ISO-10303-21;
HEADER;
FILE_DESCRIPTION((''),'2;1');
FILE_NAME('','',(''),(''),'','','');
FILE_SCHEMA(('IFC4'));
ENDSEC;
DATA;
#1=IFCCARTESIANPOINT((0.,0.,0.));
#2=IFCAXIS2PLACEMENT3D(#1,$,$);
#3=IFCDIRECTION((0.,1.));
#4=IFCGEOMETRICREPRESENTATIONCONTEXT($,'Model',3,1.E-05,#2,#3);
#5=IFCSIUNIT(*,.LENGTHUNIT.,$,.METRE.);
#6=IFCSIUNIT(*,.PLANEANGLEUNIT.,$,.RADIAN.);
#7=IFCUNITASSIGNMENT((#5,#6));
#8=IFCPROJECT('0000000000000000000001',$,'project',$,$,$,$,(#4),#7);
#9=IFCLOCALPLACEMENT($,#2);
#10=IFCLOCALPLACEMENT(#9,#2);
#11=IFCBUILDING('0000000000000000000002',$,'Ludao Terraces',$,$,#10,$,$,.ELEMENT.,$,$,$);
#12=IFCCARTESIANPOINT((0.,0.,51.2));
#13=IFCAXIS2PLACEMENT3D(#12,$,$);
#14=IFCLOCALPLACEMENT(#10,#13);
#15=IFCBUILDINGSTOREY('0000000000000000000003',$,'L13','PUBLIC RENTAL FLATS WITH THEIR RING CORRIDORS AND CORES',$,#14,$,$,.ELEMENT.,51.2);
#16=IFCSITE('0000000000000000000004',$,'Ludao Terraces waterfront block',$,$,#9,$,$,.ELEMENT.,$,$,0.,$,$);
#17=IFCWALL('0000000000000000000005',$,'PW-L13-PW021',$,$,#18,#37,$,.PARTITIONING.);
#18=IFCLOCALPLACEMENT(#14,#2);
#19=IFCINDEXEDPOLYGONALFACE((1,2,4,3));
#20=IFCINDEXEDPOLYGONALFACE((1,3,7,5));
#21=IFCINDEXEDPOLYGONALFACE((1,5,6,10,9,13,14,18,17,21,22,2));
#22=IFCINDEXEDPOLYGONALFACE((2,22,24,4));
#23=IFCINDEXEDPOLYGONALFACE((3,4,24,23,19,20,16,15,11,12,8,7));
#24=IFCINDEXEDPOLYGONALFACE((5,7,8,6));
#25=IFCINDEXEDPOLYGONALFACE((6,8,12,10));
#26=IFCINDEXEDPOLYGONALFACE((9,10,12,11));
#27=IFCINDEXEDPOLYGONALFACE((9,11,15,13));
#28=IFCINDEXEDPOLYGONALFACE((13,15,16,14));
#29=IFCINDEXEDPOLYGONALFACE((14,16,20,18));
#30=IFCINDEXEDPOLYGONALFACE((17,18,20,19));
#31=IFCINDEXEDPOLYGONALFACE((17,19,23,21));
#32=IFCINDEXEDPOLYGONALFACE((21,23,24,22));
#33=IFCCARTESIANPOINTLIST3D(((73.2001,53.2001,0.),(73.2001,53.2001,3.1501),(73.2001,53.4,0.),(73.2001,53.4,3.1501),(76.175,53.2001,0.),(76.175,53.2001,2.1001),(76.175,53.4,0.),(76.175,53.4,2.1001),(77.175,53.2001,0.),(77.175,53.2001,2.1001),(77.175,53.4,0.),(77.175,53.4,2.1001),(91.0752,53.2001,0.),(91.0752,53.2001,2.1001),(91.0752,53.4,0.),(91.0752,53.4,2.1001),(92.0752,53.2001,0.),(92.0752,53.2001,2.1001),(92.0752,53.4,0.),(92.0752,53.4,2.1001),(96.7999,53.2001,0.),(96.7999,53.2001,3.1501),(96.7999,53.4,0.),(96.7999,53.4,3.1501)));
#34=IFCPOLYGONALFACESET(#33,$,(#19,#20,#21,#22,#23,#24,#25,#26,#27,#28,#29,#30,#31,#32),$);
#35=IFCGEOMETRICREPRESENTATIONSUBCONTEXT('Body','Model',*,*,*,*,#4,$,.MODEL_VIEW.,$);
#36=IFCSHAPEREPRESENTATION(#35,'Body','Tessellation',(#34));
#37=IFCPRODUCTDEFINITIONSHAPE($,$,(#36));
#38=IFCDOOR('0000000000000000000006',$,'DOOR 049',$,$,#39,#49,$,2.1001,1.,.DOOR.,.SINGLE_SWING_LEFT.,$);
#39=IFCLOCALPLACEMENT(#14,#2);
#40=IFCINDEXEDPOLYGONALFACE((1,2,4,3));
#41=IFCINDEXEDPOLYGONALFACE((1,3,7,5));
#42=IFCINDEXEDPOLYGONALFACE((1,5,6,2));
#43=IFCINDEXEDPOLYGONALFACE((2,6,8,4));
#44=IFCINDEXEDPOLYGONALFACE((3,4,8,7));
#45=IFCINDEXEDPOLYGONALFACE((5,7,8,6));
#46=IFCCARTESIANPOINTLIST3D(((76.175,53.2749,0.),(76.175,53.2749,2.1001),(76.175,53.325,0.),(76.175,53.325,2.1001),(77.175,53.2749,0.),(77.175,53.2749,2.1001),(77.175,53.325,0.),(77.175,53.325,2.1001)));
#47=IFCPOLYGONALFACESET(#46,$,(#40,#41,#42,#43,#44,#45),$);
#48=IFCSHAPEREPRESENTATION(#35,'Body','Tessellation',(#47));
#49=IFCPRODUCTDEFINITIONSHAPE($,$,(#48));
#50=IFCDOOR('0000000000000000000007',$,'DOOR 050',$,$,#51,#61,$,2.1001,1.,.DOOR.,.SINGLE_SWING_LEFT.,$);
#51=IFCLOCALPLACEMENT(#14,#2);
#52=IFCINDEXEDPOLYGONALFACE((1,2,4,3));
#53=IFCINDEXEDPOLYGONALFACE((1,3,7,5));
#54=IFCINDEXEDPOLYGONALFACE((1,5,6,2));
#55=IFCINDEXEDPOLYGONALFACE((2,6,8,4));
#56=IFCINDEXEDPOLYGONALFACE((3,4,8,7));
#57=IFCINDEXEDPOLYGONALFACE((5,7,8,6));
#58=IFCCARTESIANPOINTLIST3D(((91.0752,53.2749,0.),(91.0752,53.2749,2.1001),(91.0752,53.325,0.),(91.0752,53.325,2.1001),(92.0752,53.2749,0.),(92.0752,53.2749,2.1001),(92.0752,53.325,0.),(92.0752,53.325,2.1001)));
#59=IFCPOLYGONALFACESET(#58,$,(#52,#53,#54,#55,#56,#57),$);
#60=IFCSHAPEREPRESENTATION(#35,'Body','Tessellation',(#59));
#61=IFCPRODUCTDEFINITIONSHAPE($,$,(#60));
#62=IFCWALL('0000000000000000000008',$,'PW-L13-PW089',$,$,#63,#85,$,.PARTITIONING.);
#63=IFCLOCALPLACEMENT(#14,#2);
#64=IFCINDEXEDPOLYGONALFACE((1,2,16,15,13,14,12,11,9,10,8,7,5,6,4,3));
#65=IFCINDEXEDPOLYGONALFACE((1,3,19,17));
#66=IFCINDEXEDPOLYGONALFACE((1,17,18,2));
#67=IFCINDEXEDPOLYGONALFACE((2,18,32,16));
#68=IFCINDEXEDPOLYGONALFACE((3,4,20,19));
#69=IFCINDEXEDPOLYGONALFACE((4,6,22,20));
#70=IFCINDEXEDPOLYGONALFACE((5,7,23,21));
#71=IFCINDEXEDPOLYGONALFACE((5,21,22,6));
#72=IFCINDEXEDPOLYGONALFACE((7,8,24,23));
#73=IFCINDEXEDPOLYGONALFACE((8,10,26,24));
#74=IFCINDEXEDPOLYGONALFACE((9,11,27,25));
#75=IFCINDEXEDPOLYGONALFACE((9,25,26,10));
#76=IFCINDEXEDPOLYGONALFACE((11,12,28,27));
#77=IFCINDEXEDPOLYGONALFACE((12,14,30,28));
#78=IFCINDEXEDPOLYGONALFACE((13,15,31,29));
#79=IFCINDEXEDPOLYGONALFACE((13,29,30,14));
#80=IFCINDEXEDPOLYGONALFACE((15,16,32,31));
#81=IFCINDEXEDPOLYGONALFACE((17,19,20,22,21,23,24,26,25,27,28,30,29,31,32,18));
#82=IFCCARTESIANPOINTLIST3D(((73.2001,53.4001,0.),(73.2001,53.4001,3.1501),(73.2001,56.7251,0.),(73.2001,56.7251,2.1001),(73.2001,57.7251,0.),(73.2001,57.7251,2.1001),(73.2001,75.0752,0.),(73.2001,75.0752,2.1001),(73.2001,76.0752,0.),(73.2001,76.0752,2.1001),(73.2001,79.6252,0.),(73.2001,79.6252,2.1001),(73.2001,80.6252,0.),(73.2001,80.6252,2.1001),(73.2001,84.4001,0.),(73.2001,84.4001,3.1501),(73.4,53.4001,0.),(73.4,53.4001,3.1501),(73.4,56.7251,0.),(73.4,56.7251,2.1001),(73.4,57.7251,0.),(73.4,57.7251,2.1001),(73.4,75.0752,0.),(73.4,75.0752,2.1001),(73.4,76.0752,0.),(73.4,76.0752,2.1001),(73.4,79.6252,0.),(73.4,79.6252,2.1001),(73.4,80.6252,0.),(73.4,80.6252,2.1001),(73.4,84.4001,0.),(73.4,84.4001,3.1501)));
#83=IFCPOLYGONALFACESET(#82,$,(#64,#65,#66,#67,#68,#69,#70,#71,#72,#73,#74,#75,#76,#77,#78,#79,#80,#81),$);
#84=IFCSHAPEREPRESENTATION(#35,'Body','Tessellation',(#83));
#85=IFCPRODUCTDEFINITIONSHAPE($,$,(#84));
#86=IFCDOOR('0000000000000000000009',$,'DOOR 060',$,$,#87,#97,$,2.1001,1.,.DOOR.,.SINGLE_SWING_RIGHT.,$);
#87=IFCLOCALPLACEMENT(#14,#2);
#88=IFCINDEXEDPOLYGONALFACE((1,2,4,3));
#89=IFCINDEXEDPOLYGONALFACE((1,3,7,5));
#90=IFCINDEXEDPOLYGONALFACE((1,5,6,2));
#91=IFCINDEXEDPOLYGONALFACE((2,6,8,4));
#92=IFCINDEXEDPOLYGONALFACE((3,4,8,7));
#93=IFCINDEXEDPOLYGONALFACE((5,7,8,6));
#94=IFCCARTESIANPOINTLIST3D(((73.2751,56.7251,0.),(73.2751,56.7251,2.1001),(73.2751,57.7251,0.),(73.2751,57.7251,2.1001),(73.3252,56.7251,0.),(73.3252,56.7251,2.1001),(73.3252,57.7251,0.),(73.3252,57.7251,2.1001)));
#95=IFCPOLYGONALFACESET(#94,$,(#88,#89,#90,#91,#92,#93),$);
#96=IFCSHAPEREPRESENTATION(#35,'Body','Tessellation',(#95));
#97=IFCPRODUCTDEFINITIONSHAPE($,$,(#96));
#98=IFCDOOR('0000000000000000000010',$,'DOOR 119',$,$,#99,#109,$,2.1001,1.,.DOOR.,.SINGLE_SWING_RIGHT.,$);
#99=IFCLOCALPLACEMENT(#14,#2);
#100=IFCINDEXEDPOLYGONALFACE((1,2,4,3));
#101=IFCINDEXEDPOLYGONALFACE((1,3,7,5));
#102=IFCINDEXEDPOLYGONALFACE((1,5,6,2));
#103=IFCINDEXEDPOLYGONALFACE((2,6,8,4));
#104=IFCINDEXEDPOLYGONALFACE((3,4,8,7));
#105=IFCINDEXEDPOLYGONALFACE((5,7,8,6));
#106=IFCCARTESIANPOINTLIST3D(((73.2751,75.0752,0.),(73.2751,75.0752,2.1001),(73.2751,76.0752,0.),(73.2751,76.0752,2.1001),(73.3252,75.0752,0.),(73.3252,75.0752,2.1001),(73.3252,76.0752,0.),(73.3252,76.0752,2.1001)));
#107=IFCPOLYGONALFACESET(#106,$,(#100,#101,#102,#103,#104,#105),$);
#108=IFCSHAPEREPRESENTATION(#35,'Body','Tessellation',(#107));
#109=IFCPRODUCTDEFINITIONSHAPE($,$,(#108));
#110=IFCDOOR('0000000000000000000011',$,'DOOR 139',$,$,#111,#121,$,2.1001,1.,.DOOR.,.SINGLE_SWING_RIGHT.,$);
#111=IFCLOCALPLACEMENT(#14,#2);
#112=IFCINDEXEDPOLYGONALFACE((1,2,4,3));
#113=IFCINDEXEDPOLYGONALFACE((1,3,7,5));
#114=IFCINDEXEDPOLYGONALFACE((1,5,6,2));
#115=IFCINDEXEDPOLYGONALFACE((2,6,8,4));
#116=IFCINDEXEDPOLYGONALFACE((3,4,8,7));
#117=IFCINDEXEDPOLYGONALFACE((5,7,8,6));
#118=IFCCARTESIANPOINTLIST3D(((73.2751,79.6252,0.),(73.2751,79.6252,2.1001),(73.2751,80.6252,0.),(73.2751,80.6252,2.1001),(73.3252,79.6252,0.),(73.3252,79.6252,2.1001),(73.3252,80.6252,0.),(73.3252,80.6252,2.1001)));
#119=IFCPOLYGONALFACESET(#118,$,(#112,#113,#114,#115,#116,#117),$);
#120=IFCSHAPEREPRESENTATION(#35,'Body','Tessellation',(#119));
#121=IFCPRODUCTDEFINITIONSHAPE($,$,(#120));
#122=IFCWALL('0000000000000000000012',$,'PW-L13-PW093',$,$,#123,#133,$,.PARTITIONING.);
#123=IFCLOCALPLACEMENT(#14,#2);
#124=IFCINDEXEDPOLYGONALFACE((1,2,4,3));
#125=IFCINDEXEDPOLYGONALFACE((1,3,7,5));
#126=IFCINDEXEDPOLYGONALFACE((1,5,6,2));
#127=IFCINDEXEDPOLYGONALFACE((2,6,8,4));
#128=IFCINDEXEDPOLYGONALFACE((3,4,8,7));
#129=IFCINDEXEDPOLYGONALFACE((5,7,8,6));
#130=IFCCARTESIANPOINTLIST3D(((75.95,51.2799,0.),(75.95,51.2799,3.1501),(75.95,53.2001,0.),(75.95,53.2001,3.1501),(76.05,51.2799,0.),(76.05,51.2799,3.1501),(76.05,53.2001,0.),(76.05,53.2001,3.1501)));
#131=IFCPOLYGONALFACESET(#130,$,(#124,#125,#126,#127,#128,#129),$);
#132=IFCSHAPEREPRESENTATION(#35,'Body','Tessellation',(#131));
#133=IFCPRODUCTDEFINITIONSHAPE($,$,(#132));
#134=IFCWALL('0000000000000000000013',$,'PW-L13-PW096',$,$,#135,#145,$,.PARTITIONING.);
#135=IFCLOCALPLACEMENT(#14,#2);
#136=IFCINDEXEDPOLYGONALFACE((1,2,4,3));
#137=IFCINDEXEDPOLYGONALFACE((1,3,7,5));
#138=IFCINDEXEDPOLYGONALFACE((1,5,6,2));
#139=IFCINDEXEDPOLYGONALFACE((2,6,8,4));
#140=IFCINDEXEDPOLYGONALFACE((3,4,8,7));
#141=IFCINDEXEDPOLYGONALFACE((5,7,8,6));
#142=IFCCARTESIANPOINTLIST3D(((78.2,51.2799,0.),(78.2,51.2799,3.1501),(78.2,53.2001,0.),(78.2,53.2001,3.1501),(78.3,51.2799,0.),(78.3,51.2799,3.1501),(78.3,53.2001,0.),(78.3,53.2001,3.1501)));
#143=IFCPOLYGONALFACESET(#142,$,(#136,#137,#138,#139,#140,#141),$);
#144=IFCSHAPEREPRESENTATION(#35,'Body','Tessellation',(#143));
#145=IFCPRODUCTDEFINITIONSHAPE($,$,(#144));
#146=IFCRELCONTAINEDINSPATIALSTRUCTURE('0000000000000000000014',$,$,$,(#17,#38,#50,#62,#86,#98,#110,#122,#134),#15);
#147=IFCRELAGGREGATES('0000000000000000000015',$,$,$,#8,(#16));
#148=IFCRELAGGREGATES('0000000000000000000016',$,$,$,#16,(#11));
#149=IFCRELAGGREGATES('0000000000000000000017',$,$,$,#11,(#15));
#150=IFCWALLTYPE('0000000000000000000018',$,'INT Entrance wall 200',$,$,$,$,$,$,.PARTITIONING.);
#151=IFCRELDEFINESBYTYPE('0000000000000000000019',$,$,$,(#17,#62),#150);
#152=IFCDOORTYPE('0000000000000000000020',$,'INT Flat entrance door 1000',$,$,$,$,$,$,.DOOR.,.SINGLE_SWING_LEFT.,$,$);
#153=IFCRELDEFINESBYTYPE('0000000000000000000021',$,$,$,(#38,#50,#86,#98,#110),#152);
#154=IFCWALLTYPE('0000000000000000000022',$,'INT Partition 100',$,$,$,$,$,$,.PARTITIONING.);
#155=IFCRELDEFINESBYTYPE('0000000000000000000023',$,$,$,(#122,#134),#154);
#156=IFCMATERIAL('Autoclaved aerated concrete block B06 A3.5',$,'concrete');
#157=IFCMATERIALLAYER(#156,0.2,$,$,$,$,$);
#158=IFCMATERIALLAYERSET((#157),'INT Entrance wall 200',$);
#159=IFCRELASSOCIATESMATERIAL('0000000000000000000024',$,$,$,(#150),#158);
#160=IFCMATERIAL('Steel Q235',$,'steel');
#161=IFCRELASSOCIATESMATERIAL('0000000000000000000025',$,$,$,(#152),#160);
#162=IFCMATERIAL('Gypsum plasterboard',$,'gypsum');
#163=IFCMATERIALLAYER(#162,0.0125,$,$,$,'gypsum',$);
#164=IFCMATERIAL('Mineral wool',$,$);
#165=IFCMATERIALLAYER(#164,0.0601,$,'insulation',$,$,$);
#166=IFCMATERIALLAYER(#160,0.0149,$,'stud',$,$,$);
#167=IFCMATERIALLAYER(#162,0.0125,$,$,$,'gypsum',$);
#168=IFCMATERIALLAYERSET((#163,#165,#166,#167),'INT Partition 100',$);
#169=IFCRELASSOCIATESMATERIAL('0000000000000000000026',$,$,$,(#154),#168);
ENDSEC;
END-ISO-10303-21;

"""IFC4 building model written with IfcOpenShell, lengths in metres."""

from ifc_helpers import new_model, si_unit, direction, frame, frame_2d, origin, place, context, subcontext, project, spatial, rectangle, extrude, material, layer, layer_set, type_object, element, fill, save


model = new_model("IFC4")

# Units and contexts
model_context = context("Model", 3, precision=1e-05, world=origin(), true_north=direction((0.0, 1.0)))
body_context = subcontext(model_context, "Body", "Model", "MODEL_VIEW")
ifc_project = project(units=[si_unit("LENGTHUNIT", "METRE"), si_unit("PLANEANGLEUNIT", "RADIAN")], contexts=[model_context])

# Site, building, storey
site_placement = place(None, origin())
site = spatial("IfcSite", under=ifc_project, at=site_placement, Name="Ludao Terraces waterfront block", CompositionType="ELEMENT", RefElevation=0.0)
building_placement = place(site_placement, origin())
building = spatial("IfcBuilding", under=site, at=building_placement, Name="Ludao Terraces", CompositionType="ELEMENT")
storey_placement = place(building_placement, frame((0.0, 0.0, 51.2)))
storey = spatial("IfcBuildingStorey", under=building, at=storey_placement, Name="L13", Description="PUBLIC RENTAL FLATS WITH THEIR RING CORRIDORS AND CORES", CompositionType="ELEMENT", Elevation=51.2)

# Shared definitions
ifc_material_1 = material(Name="Steel Q235", Category="steel")

# Walls, openings, doors
ifc_material_2 = material(Name="Autoclaved aerated concrete block B06 A3.5", Category="concrete")
ifc_layer_1 = layer(ifc_material_2, 0.2)
ifc_layer_set_1 = layer_set([ifc_layer_1], Name="INT Entrance wall 200")
wall_type_1 = type_object("IfcWallType", Name="INT Entrance wall 200", PredefinedType="PARTITIONING", material=ifc_layer_set_1)
wall_1_placement = place(storey_placement, frame((73.2002, 53.3, 0.0), z_axis=(0.0, 0.0, 1.0), x_axis=(1.0, 0.0, 0.0)))
wall_1 = element("IfcWall", 1, at=wall_1_placement, inside=storey, type_object=wall_type_1, Name="PW-L13-PW021", PredefinedType="PARTITIONING", context=body_context, shape_type="SweptSolid", body=[
    extrude(rectangle(XDim=23.5999, YDim=0.2, at=frame_2d((11.7998, 0.0))), origin(), (0.0, 0.0, 1.0), 3.1501),
])
opening_1_placement = place(wall_1_placement, frame((2.9749, 0.0, 0.0)))
opening_1 = element("IfcOpeningElement", 2, at=opening_1_placement, cuts=wall_1, PredefinedType="OPENING", context=body_context, shape_type="SweptSolid", body=[
    extrude(rectangle(XDim=1.0, YDim=2.1001, at=frame_2d((0.5, 1.05))), frame((0.0, 0.1099, 0.0), z_axis=(0.0, -1.0, 0.0), x_axis=(1.0, 0.0, 0.0)), (0.0, 0.0, 1.0), 0.22),
])
opening_2_placement = place(wall_1_placement, frame((17.875, 0.0, 0.0)))
opening_2 = element("IfcOpeningElement", 3, at=opening_2_placement, cuts=wall_1, PredefinedType="OPENING", context=body_context, shape_type="SweptSolid", body=[
    extrude(rectangle(XDim=1.0, YDim=2.1001, at=frame_2d((0.5, 1.05))), frame((0.0, 0.1099, 0.0), z_axis=(0.0, -1.0, 0.0), x_axis=(1.0, 0.0, 0.0)), (0.0, 0.0, 1.0), 0.22),
])
door_type_1 = type_object("IfcDoorType", Name="INT Flat entrance door 1000", OperationType="SINGLE_SWING_LEFT", PredefinedType="DOOR", material=ifc_material_1)
door_1_placement = place(opening_1_placement, origin())
door_1 = element("IfcDoor", 4, at=door_1_placement, inside=storey, type_object=door_type_1, Name="DOOR 049", OperationType="SINGLE_SWING_LEFT", OverallHeight=2.1001, OverallWidth=1.0, PredefinedType="DOOR", context=body_context, shape_type="SweptSolid", body=[
    extrude(rectangle(XDim=1.0, YDim=2.1001, at=frame_2d((0.5, 1.05))), frame((0.0, 0.0249, 0.0), z_axis=(0.0, -1.0, 0.0), x_axis=(1.0, 0.0, 0.0)), (0.0, 0.0, 1.0), 0.05),
])
fill(opening_1, door_1)
door_2_placement = place(opening_2_placement, origin())
door_2 = element("IfcDoor", 5, at=door_2_placement, inside=storey, type_object=door_type_1, Name="DOOR 050", OperationType="SINGLE_SWING_LEFT", OverallHeight=2.1001, OverallWidth=1.0, PredefinedType="DOOR", context=body_context, shape_type="SweptSolid", body=[
    extrude(rectangle(XDim=1.0, YDim=2.1001, at=frame_2d((0.5, 1.05))), frame((0.0, 0.0249, 0.0), z_axis=(0.0, -1.0, 0.0), x_axis=(1.0, 0.0, 0.0)), (0.0, 0.0, 1.0), 0.05),
])
fill(opening_2, door_2)
wall_2_placement = place(storey_placement, frame((73.3, 53.4001, 0.0), z_axis=(0.0, 0.0, 1.0), x_axis=(0.0, 1.0, 0.0)))
wall_2 = element("IfcWall", 6, at=wall_2_placement, inside=storey, type_object=wall_type_1, Name="PW-L13-PW089", PredefinedType="PARTITIONING", context=body_context, shape_type="SweptSolid", body=[
    extrude(rectangle(XDim=31.0, YDim=0.2, at=frame_2d((15.5, 0.0))), origin(), (0.0, 0.0, 1.0), 3.1501),
])
opening_3_placement = place(wall_2_placement, frame((3.325, 0.0, 0.0)))
opening_3 = element("IfcOpeningElement", 7, at=opening_3_placement, cuts=wall_2, PredefinedType="OPENING", context=body_context, shape_type="SweptSolid", body=[
    extrude(rectangle(XDim=1.0, YDim=2.1001, at=frame_2d((0.5, 1.05))), frame((0.0, 0.1099, 0.0), z_axis=(0.0, -1.0, 0.0), x_axis=(1.0, 0.0, 0.0)), (0.0, 0.0, 1.0), 0.22),
])
opening_4_placement = place(wall_2_placement, frame((21.675, 0.0, 0.0)))
opening_4 = element("IfcOpeningElement", 8, at=opening_4_placement, cuts=wall_2, PredefinedType="OPENING", context=body_context, shape_type="SweptSolid", body=[
    extrude(rectangle(XDim=1.0, YDim=2.1001, at=frame_2d((0.5, 1.05))), frame((0.0, 0.1099, 0.0), z_axis=(0.0, -1.0, 0.0), x_axis=(1.0, 0.0, 0.0)), (0.0, 0.0, 1.0), 0.22),
])
opening_5_placement = place(wall_2_placement, frame((26.2251, 0.0, 0.0)))
opening_5 = element("IfcOpeningElement", 9, at=opening_5_placement, cuts=wall_2, PredefinedType="OPENING", context=body_context, shape_type="SweptSolid", body=[
    extrude(rectangle(XDim=1.0, YDim=2.1001, at=frame_2d((0.5, 1.05))), frame((0.0, 0.1099, 0.0), z_axis=(0.0, -1.0, 0.0), x_axis=(1.0, 0.0, 0.0)), (0.0, 0.0, 1.0), 0.22),
])
door_3_placement = place(opening_3_placement, origin())
door_3 = element("IfcDoor", 10, at=door_3_placement, inside=storey, type_object=door_type_1, Name="DOOR 060", OperationType="SINGLE_SWING_RIGHT", OverallHeight=2.1001, OverallWidth=1.0, PredefinedType="DOOR", context=body_context, shape_type="SweptSolid", body=[
    extrude(rectangle(XDim=1.0, YDim=2.1001, at=frame_2d((0.5, 1.05))), frame((0.0, 0.0249, 0.0), z_axis=(0.0, -1.0, 0.0), x_axis=(1.0, 0.0, 0.0)), (0.0, 0.0, 1.0), 0.05),
])
fill(opening_3, door_3)
door_4_placement = place(opening_4_placement, origin())
door_4 = element("IfcDoor", 11, at=door_4_placement, inside=storey, type_object=door_type_1, Name="DOOR 119", OperationType="SINGLE_SWING_RIGHT", OverallHeight=2.1001, OverallWidth=1.0, PredefinedType="DOOR", context=body_context, shape_type="SweptSolid", body=[
    extrude(rectangle(XDim=1.0, YDim=2.1001, at=frame_2d((0.5, 1.05))), frame((0.0, 0.0249, 0.0), z_axis=(0.0, -1.0, 0.0), x_axis=(1.0, 0.0, 0.0)), (0.0, 0.0, 1.0), 0.05),
])
fill(opening_4, door_4)
door_5_placement = place(opening_5_placement, origin())
door_5 = element("IfcDoor", 12, at=door_5_placement, inside=storey, type_object=door_type_1, Name="DOOR 139", OperationType="SINGLE_SWING_RIGHT", OverallHeight=2.1001, OverallWidth=1.0, PredefinedType="DOOR", context=body_context, shape_type="SweptSolid", body=[
    extrude(rectangle(XDim=1.0, YDim=2.1001, at=frame_2d((0.5, 1.05))), frame((0.0, 0.0249, 0.0), z_axis=(0.0, -1.0, 0.0), x_axis=(1.0, 0.0, 0.0)), (0.0, 0.0, 1.0), 0.05),
])
fill(opening_5, door_5)

# Walls
ifc_material_3 = material(Name="Gypsum plasterboard", Category="gypsum")
ifc_layer_2 = layer(ifc_material_3, 0.0125, Category="gypsum")
ifc_material_4 = material(Name="Mineral wool")
ifc_layer_3 = layer(ifc_material_4, 0.0601, Name="insulation")
ifc_layer_4 = layer(ifc_material_1, 0.0149, Name="stud")
ifc_layer_5 = layer(ifc_material_3, 0.0125, Category="gypsum")
ifc_layer_set_2 = layer_set([ifc_layer_2, ifc_layer_3, ifc_layer_4, ifc_layer_5], Name="INT Partition 100")
wall_type_2 = type_object("IfcWallType", Name="INT Partition 100", PredefinedType="PARTITIONING", material=ifc_layer_set_2)
for number, where, z_axis, x_axis, name in (
    (13, (76.0, 51.28, 0.0), (0.0, 0.0, 1.0), (0.0, 1.0, 0.0), "PW-L13-PW093"),
    (14, (78.25, 51.28, 0.0), (0.0, 0.0, 1.0), (0.0, 1.0, 0.0), "PW-L13-PW096"),
):
    element("IfcWall", number, at=place(storey_placement, frame(where, z_axis=z_axis, x_axis=x_axis)), inside=storey, type_object=wall_type_2, Name=name, PredefinedType="PARTITIONING", context=body_context, shape_type="SweptSolid", body=[
        extrude(rectangle(XDim=1.9202, YDim=0.1001, at=frame_2d((0.96, 0.0))), origin(), (0.0, 0.0, 1.0), 3.1501),
    ])

save(model, "model.ifc")
